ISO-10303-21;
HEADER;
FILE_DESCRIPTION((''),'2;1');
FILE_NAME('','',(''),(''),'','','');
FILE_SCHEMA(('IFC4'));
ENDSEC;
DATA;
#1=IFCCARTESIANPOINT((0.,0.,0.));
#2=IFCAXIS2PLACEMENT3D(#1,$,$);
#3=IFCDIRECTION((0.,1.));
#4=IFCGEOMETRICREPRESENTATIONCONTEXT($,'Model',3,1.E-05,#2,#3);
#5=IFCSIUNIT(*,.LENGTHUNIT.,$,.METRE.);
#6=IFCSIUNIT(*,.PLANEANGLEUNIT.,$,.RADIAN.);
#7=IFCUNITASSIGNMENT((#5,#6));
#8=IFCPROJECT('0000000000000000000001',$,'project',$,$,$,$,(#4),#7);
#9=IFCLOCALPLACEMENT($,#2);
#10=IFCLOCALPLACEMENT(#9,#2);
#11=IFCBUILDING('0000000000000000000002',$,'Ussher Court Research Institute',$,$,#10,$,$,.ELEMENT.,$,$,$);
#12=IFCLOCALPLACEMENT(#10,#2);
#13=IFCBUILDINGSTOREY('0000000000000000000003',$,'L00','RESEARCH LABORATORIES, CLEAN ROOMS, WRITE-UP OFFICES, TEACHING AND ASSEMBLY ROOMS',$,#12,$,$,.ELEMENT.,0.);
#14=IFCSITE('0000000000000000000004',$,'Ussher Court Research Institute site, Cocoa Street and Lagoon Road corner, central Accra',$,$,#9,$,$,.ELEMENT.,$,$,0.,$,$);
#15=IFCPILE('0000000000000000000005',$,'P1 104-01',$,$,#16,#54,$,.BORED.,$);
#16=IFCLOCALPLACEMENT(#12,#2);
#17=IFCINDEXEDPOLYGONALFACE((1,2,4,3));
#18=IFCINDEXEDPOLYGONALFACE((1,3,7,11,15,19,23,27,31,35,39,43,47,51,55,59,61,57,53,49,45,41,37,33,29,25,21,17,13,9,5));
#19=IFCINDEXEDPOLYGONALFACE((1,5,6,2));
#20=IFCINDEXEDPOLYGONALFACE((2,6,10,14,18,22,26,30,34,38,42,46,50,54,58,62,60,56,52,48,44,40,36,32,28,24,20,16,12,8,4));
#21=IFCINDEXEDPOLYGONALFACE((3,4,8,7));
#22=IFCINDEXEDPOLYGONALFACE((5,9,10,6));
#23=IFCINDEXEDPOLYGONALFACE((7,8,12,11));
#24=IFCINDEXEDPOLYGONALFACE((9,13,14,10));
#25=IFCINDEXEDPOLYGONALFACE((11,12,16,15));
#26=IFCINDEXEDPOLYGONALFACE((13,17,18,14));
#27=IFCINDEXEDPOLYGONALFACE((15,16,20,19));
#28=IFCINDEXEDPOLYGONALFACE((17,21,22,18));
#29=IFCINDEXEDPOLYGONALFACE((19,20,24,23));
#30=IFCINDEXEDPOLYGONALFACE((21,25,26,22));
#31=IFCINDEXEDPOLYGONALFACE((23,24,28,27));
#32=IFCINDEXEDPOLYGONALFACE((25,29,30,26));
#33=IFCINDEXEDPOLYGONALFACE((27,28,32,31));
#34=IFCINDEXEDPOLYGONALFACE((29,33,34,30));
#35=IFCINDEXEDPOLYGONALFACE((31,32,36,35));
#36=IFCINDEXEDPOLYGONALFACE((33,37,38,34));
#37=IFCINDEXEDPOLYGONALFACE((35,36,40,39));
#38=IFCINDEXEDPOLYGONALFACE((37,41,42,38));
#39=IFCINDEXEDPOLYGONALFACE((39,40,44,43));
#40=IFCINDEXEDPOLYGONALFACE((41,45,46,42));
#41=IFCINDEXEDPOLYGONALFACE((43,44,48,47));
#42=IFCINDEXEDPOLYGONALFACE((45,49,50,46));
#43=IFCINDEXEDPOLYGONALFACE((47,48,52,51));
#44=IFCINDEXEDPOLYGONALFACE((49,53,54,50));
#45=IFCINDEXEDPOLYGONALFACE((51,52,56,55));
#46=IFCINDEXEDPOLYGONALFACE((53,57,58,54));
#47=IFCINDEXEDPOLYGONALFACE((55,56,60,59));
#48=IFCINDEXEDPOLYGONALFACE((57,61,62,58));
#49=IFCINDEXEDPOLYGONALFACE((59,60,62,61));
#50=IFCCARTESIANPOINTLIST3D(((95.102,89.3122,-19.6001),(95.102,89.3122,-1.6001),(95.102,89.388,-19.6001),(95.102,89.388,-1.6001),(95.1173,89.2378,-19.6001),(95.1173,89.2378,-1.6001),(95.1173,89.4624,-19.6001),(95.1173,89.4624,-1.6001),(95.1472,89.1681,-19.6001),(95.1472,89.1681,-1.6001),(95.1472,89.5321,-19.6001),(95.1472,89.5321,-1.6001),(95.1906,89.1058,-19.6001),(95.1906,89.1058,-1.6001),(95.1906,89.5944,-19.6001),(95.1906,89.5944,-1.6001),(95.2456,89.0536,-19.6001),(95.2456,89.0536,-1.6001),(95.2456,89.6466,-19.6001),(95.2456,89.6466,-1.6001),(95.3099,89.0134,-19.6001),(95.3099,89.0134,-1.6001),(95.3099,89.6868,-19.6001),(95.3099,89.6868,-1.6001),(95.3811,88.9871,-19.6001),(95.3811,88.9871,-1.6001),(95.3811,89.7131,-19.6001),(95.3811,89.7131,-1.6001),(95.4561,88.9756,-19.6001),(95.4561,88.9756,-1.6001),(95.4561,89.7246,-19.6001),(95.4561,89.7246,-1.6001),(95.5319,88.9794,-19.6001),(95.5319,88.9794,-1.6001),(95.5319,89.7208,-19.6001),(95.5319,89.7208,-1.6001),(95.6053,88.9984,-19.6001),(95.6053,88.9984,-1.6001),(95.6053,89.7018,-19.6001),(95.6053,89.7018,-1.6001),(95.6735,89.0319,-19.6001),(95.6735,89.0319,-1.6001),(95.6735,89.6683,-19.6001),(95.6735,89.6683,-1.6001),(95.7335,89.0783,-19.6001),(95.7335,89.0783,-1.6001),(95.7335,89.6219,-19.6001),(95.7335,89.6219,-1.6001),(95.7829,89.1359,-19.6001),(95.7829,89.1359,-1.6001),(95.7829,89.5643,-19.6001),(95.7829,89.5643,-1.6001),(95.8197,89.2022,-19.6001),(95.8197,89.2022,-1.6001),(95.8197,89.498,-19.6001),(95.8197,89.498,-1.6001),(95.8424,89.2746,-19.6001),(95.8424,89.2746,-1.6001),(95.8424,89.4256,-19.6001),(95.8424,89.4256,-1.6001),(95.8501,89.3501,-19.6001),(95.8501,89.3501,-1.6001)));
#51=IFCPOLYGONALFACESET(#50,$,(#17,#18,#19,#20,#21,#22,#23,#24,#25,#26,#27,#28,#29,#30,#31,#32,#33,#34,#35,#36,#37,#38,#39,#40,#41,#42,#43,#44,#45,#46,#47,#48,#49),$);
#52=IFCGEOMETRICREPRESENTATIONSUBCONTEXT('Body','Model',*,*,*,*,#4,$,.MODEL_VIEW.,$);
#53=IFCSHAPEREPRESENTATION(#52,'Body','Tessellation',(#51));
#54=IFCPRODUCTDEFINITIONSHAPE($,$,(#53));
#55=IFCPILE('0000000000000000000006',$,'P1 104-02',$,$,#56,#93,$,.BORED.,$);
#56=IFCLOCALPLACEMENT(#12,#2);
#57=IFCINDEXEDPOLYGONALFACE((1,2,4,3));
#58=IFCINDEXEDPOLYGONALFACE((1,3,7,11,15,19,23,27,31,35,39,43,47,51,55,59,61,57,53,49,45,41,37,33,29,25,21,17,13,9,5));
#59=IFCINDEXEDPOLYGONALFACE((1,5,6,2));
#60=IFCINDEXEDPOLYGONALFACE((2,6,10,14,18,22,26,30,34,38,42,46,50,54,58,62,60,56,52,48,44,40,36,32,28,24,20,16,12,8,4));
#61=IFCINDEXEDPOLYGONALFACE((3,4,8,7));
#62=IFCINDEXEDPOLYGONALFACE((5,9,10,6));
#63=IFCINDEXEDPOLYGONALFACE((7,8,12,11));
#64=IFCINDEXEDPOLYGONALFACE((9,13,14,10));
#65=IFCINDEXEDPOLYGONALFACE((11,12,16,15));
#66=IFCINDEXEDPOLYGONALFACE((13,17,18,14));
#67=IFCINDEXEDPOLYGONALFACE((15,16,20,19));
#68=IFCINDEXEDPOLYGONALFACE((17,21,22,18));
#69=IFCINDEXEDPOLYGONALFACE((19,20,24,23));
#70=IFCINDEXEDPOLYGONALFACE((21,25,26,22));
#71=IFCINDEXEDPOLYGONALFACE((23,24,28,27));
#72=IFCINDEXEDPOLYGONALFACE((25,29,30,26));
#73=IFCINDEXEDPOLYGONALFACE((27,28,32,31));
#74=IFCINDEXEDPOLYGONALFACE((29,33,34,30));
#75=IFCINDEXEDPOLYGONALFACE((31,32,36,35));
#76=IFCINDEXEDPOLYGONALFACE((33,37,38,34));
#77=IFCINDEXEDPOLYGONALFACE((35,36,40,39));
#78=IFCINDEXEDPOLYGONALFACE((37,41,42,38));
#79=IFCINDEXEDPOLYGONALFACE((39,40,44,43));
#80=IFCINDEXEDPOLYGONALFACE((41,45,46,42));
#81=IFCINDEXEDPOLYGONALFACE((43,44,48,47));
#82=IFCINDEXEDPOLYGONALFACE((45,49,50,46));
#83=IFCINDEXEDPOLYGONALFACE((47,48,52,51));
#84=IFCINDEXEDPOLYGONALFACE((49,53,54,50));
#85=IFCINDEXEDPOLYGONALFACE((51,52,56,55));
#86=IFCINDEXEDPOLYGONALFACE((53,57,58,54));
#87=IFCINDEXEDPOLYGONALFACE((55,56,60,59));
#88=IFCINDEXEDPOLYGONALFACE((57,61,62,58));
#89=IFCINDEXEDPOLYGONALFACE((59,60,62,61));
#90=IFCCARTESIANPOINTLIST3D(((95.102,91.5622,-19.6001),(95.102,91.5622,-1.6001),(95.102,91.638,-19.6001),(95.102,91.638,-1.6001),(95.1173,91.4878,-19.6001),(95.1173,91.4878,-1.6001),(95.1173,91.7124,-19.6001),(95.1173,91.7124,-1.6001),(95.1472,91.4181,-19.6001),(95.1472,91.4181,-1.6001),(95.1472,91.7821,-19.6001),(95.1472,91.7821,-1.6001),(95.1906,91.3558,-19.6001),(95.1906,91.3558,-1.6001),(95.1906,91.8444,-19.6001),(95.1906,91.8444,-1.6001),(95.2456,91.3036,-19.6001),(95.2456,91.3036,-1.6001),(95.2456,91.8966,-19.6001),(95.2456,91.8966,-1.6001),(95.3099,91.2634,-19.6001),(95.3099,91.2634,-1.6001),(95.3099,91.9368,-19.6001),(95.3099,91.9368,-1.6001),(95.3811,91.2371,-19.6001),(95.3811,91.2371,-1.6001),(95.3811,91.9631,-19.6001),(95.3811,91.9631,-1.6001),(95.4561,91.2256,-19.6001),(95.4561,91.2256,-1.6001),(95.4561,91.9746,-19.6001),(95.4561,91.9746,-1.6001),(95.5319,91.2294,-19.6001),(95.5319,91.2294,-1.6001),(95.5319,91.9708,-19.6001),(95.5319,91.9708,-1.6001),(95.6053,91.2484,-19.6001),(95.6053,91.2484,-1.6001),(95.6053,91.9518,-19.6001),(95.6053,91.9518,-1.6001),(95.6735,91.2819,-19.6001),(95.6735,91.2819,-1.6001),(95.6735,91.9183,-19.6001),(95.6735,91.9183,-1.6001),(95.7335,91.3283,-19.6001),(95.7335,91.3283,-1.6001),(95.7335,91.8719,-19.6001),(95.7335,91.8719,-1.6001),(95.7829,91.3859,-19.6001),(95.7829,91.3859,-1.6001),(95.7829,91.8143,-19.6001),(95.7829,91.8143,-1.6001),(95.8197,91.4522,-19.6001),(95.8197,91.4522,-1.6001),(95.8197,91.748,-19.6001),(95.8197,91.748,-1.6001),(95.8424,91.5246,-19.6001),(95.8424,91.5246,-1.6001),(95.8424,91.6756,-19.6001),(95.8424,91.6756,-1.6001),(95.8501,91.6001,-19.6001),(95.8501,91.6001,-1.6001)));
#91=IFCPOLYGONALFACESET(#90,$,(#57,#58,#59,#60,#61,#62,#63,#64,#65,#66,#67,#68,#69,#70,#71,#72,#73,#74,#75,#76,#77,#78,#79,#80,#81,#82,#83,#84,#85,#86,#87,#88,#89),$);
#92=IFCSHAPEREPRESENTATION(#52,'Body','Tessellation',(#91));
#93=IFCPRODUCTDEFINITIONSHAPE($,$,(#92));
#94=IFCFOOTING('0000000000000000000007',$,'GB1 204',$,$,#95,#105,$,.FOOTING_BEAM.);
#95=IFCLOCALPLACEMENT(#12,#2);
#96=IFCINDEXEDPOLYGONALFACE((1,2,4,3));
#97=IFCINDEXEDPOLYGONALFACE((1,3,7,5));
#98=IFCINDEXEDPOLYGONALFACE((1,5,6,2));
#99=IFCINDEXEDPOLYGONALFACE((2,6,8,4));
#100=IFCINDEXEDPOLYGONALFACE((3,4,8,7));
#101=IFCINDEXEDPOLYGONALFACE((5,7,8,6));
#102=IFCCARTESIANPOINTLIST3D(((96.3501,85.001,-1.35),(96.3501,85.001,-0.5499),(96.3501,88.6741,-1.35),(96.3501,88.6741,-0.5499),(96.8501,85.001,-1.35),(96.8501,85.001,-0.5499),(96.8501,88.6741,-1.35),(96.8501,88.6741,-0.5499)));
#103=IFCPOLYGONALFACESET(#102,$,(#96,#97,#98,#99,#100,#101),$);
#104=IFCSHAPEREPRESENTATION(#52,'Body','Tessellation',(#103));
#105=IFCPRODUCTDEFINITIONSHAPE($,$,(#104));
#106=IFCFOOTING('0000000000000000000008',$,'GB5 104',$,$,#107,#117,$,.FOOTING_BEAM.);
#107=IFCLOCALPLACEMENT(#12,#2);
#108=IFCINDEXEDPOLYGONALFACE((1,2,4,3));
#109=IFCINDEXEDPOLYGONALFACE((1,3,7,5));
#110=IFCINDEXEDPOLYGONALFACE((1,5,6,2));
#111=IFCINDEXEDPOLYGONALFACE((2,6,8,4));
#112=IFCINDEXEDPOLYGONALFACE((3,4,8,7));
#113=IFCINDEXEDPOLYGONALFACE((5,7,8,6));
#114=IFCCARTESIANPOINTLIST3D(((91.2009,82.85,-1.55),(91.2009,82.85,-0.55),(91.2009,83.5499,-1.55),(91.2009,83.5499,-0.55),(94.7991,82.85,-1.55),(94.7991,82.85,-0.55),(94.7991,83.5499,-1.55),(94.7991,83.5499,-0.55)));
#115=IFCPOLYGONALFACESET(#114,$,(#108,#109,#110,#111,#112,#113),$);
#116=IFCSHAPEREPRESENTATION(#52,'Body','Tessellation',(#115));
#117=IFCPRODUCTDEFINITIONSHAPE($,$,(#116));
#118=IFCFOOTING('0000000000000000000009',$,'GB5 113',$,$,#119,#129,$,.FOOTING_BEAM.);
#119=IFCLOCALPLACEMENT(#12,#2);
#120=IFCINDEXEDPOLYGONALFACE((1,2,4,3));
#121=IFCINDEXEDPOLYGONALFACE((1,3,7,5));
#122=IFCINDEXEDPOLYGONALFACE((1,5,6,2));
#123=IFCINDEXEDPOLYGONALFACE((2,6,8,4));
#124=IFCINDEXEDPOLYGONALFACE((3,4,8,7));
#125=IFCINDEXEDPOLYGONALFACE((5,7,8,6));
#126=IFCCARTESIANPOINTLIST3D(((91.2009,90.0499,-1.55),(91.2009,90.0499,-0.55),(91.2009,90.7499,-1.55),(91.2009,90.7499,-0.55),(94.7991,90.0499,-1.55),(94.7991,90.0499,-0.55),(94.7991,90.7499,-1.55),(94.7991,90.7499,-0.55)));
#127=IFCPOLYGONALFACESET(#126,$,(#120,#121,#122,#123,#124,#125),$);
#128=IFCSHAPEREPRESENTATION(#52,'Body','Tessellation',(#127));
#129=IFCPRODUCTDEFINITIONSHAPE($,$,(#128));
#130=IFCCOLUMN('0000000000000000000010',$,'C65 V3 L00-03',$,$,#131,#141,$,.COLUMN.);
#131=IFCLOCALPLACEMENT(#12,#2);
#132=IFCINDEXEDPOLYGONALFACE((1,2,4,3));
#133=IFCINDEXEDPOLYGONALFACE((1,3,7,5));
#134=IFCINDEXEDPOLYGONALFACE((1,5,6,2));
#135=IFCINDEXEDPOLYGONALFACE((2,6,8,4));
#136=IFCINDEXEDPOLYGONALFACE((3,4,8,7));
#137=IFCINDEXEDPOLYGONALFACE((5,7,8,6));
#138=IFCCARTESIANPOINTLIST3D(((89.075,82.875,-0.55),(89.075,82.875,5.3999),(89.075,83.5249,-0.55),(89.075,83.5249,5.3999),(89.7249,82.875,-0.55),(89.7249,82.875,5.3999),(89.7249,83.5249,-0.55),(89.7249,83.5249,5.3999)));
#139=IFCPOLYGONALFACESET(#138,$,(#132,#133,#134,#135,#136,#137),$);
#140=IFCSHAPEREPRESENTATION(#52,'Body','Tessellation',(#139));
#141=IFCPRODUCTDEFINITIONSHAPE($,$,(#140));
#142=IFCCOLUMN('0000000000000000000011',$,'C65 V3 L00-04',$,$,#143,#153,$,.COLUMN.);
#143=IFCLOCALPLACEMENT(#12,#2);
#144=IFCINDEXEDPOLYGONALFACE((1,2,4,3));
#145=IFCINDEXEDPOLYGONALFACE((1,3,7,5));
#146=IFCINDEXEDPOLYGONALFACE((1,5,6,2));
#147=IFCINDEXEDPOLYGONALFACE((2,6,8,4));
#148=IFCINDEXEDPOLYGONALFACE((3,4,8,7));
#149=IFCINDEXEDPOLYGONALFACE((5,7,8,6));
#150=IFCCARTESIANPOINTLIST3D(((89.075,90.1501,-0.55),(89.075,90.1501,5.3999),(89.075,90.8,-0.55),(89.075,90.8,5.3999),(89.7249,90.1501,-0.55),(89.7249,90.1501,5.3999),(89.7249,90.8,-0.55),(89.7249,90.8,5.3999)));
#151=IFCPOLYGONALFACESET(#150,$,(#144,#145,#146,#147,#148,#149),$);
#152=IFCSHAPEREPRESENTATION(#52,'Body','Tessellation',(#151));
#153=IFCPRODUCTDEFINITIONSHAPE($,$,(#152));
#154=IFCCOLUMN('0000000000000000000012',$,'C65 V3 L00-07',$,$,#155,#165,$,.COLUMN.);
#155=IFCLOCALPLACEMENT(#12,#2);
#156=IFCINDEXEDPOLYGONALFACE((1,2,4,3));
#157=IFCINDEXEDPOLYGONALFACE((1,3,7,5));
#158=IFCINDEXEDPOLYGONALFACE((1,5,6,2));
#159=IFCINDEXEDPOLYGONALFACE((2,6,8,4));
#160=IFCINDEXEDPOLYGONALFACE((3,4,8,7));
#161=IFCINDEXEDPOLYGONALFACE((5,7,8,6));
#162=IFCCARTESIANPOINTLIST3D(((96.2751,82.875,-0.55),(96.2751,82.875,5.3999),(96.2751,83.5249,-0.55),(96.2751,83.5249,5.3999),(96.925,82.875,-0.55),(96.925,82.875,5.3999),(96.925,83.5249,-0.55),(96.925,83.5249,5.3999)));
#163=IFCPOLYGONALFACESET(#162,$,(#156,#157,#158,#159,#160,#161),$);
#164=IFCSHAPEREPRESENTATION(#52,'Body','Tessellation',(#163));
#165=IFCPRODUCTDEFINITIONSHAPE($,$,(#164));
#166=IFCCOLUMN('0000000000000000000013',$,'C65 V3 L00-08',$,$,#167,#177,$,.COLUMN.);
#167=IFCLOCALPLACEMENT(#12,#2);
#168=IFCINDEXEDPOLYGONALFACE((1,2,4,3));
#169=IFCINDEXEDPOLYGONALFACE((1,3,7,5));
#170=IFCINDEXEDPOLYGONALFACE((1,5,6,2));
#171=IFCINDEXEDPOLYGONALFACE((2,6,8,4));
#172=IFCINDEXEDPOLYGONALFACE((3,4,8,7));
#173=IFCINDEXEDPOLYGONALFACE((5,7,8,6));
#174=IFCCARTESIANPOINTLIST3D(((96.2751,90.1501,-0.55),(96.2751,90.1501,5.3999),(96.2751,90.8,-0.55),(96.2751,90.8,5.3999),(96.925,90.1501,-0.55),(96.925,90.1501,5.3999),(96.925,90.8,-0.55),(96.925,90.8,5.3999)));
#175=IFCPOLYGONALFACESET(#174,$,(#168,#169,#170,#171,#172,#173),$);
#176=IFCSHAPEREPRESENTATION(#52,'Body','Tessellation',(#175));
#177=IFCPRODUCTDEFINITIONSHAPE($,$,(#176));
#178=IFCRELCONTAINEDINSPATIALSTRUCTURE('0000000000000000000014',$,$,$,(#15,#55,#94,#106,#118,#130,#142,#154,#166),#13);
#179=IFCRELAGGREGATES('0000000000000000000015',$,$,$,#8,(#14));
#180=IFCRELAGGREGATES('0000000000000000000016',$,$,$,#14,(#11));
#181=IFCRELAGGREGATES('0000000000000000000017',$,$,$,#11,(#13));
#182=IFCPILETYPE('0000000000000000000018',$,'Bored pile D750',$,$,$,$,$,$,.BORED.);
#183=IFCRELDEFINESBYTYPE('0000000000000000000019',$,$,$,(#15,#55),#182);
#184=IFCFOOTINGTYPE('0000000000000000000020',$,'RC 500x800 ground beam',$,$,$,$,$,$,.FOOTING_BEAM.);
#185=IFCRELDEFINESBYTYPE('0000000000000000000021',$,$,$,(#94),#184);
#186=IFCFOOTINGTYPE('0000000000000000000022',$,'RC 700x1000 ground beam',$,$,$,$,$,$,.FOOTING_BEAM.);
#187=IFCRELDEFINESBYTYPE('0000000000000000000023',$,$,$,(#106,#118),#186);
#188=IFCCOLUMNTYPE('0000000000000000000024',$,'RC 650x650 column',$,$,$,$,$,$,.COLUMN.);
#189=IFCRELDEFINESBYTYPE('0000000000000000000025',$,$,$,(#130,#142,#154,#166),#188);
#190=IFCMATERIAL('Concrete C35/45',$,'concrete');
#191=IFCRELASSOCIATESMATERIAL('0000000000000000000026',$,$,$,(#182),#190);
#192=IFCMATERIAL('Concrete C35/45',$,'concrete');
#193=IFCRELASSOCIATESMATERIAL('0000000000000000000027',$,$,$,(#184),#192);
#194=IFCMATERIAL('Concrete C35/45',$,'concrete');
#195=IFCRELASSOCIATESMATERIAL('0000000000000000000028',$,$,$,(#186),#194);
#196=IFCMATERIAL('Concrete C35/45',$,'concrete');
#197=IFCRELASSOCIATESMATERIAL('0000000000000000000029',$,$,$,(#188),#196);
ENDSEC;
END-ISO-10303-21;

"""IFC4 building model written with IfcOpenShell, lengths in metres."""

from ifc_helpers import new_model, si_unit, direction, frame, origin, origin_2d, place, context, subcontext, project, spatial, rectangle, circle, extrude, material, material_profile, profile_set, type_object, element, save


model = new_model("IFC4")

# Units and contexts
model_context = context("Model", 3, precision=1e-05, world=origin(), true_north=direction((0.0, 1.0)))
body_context = subcontext(model_context, "Body", "Model", "MODEL_VIEW")
ifc_project = project(units=[si_unit("LENGTHUNIT", "METRE"), si_unit("PLANEANGLEUNIT", "RADIAN")], contexts=[model_context])

# Site, building, storey
site_placement = place(None, origin())
site = spatial("IfcSite", under=ifc_project, at=site_placement, Name="Ussher Court Research Institute site, Cocoa Street and Lagoon Road corner, central Accra", CompositionType="ELEMENT", RefElevation=0.0)
building_placement = place(site_placement, origin())
building = spatial("IfcBuilding", under=site, at=building_placement, Name="Ussher Court Research Institute", CompositionType="ELEMENT")
storey_placement = place(building_placement, origin())
storey = spatial("IfcBuildingStorey", under=building, at=storey_placement, Name="L00", Description="RESEARCH LABORATORIES, CLEAN ROOMS, WRITE-UP OFFICES, TEACHING AND ASSEMBLY ROOMS", CompositionType="ELEMENT", Elevation=0.0)

# Piles
ifc_material_1 = material(Name="Concrete C35/45", Category="concrete")
ifc_material_profile_1 = material_profile(ifc_material_1, circle(Radius=0.375, at=origin_2d()), Name="RC D750")
ifc_profile_set_1 = profile_set([ifc_material_profile_1], Name="Concrete C35/45")
pile_type_1 = type_object("IfcPileType", Name="Bored pile D750", PredefinedType="BORED", material=ifc_profile_set_1)
for number, where, z_axis, x_axis, name in (
    (1, (95.4751, 89.3501, -1.6001), (0.0, 0.0, -1.0), (1.0, 0.0, 0.0), "P1 104-01"),
    (2, (95.4751, 91.6001, -1.6001), (0.0, 0.0, -1.0), (1.0, 0.0, 0.0), "P1 104-02"),
):
    element("IfcPile", number, at=place(storey_placement, frame(where, z_axis=z_axis, x_axis=x_axis)), inside=storey, type_object=pile_type_1, Name=name, PredefinedType="BORED", context=body_context, shape_type="SweptSolid", body=[
        extrude(circle(Radius=0.375, at=origin_2d()), origin(), (0.0, 0.0, 1.0), 18.0),
    ])

# Footings
ifc_material_2 = material(Name="Concrete C35/45", Category="concrete")
ifc_material_profile_2 = material_profile(ifc_material_2, rectangle(XDim=0.5, YDim=0.8, at=origin_2d()), Name="RC 500x800")
ifc_profile_set_2 = profile_set([ifc_material_profile_2], Name="Concrete C35/45")
footing_type_1 = type_object("IfcFootingType", Name="RC 500x800 ground beam", PredefinedType="FOOTING_BEAM", material=ifc_profile_set_2)
footing_placement = place(storey_placement, frame((96.6001, 85.001, -0.95), z_axis=(0.0, 1.0, 0.0), x_axis=(-1.0, 0.0, 0.0)))
element("IfcFooting", 3, at=footing_placement, inside=storey, type_object=footing_type_1, Name="GB1 204", PredefinedType="FOOTING_BEAM", context=body_context, shape_type="SweptSolid", body=[
    extrude(rectangle(XDim=0.5, YDim=0.8, at=origin_2d()), origin(), (0.0, 0.0, 1.0), 3.6731),
])
ifc_material_3 = material(Name="Concrete C35/45", Category="concrete")
ifc_material_profile_3 = material_profile(ifc_material_3, rectangle(XDim=0.7, YDim=1.0, at=origin_2d()), Name="RC 700x1000")
ifc_profile_set_3 = profile_set([ifc_material_profile_3], Name="Concrete C35/45")
footing_type_2 = type_object("IfcFootingType", Name="RC 700x1000 ground beam", PredefinedType="FOOTING_BEAM", material=ifc_profile_set_3)
for number, where, z_axis, x_axis, name in (
    (4, (91.2009, 83.2, -1.05), (1.0, 0.0, 0.0), (0.0, 1.0, 0.0), "GB5 104"),
    (5, (91.2009, 90.3999, -1.05), (1.0, 0.0, 0.0), (0.0, 1.0, 0.0), "GB5 113"),
):
    element("IfcFooting", number, at=place(storey_placement, frame(where, z_axis=z_axis, x_axis=x_axis)), inside=storey, type_object=footing_type_2, Name=name, PredefinedType="FOOTING_BEAM", context=body_context, shape_type="SweptSolid", body=[
        extrude(rectangle(XDim=0.7, YDim=1.0, at=origin_2d()), origin(), (0.0, 0.0, 1.0), 3.5981),
    ])

# Columns
ifc_material_4 = material(Name="Concrete C35/45", Category="concrete")
ifc_material_profile_4 = material_profile(ifc_material_4, rectangle(XDim=0.6499, YDim=0.6499, at=origin_2d()), Name="RC 650x650")
ifc_profile_set_4 = profile_set([ifc_material_profile_4], Name="Concrete C35/45")
column_type = type_object("IfcColumnType", Name="RC 650x650 column", PredefinedType="COLUMN", material=ifc_profile_set_4)
for number, where, z_axis, x_axis, name in (
    (6, (89.3999, 83.2, -0.55), (0.0, 0.0, 1.0), (1.0, 0.0, 0.0), "C65 V3 L00-03"),
    (7, (89.3999, 90.4751, -0.55), (0.0, 0.0, 1.0), (1.0, 0.0, 0.0), "C65 V3 L00-04"),
    (8, (96.6001, 83.2, -0.55), (0.0, 0.0, 1.0), (1.0, 0.0, 0.0), "C65 V3 L00-07"),
    (9, (96.6001, 90.4751, -0.55), (0.0, 0.0, 1.0), (1.0, 0.0, 0.0), "C65 V3 L00-08"),
):
    element("IfcColumn", number, at=place(storey_placement, frame(where, z_axis=z_axis, x_axis=x_axis)), inside=storey, type_object=column_type, Name=name, PredefinedType="COLUMN", context=body_context, shape_type="SweptSolid", body=[
        extrude(rectangle(XDim=0.6499, YDim=0.6499, at=origin_2d()), origin(), (0.0, 0.0, 1.0), 5.95),
    ])

save(model, "model.ifc")
